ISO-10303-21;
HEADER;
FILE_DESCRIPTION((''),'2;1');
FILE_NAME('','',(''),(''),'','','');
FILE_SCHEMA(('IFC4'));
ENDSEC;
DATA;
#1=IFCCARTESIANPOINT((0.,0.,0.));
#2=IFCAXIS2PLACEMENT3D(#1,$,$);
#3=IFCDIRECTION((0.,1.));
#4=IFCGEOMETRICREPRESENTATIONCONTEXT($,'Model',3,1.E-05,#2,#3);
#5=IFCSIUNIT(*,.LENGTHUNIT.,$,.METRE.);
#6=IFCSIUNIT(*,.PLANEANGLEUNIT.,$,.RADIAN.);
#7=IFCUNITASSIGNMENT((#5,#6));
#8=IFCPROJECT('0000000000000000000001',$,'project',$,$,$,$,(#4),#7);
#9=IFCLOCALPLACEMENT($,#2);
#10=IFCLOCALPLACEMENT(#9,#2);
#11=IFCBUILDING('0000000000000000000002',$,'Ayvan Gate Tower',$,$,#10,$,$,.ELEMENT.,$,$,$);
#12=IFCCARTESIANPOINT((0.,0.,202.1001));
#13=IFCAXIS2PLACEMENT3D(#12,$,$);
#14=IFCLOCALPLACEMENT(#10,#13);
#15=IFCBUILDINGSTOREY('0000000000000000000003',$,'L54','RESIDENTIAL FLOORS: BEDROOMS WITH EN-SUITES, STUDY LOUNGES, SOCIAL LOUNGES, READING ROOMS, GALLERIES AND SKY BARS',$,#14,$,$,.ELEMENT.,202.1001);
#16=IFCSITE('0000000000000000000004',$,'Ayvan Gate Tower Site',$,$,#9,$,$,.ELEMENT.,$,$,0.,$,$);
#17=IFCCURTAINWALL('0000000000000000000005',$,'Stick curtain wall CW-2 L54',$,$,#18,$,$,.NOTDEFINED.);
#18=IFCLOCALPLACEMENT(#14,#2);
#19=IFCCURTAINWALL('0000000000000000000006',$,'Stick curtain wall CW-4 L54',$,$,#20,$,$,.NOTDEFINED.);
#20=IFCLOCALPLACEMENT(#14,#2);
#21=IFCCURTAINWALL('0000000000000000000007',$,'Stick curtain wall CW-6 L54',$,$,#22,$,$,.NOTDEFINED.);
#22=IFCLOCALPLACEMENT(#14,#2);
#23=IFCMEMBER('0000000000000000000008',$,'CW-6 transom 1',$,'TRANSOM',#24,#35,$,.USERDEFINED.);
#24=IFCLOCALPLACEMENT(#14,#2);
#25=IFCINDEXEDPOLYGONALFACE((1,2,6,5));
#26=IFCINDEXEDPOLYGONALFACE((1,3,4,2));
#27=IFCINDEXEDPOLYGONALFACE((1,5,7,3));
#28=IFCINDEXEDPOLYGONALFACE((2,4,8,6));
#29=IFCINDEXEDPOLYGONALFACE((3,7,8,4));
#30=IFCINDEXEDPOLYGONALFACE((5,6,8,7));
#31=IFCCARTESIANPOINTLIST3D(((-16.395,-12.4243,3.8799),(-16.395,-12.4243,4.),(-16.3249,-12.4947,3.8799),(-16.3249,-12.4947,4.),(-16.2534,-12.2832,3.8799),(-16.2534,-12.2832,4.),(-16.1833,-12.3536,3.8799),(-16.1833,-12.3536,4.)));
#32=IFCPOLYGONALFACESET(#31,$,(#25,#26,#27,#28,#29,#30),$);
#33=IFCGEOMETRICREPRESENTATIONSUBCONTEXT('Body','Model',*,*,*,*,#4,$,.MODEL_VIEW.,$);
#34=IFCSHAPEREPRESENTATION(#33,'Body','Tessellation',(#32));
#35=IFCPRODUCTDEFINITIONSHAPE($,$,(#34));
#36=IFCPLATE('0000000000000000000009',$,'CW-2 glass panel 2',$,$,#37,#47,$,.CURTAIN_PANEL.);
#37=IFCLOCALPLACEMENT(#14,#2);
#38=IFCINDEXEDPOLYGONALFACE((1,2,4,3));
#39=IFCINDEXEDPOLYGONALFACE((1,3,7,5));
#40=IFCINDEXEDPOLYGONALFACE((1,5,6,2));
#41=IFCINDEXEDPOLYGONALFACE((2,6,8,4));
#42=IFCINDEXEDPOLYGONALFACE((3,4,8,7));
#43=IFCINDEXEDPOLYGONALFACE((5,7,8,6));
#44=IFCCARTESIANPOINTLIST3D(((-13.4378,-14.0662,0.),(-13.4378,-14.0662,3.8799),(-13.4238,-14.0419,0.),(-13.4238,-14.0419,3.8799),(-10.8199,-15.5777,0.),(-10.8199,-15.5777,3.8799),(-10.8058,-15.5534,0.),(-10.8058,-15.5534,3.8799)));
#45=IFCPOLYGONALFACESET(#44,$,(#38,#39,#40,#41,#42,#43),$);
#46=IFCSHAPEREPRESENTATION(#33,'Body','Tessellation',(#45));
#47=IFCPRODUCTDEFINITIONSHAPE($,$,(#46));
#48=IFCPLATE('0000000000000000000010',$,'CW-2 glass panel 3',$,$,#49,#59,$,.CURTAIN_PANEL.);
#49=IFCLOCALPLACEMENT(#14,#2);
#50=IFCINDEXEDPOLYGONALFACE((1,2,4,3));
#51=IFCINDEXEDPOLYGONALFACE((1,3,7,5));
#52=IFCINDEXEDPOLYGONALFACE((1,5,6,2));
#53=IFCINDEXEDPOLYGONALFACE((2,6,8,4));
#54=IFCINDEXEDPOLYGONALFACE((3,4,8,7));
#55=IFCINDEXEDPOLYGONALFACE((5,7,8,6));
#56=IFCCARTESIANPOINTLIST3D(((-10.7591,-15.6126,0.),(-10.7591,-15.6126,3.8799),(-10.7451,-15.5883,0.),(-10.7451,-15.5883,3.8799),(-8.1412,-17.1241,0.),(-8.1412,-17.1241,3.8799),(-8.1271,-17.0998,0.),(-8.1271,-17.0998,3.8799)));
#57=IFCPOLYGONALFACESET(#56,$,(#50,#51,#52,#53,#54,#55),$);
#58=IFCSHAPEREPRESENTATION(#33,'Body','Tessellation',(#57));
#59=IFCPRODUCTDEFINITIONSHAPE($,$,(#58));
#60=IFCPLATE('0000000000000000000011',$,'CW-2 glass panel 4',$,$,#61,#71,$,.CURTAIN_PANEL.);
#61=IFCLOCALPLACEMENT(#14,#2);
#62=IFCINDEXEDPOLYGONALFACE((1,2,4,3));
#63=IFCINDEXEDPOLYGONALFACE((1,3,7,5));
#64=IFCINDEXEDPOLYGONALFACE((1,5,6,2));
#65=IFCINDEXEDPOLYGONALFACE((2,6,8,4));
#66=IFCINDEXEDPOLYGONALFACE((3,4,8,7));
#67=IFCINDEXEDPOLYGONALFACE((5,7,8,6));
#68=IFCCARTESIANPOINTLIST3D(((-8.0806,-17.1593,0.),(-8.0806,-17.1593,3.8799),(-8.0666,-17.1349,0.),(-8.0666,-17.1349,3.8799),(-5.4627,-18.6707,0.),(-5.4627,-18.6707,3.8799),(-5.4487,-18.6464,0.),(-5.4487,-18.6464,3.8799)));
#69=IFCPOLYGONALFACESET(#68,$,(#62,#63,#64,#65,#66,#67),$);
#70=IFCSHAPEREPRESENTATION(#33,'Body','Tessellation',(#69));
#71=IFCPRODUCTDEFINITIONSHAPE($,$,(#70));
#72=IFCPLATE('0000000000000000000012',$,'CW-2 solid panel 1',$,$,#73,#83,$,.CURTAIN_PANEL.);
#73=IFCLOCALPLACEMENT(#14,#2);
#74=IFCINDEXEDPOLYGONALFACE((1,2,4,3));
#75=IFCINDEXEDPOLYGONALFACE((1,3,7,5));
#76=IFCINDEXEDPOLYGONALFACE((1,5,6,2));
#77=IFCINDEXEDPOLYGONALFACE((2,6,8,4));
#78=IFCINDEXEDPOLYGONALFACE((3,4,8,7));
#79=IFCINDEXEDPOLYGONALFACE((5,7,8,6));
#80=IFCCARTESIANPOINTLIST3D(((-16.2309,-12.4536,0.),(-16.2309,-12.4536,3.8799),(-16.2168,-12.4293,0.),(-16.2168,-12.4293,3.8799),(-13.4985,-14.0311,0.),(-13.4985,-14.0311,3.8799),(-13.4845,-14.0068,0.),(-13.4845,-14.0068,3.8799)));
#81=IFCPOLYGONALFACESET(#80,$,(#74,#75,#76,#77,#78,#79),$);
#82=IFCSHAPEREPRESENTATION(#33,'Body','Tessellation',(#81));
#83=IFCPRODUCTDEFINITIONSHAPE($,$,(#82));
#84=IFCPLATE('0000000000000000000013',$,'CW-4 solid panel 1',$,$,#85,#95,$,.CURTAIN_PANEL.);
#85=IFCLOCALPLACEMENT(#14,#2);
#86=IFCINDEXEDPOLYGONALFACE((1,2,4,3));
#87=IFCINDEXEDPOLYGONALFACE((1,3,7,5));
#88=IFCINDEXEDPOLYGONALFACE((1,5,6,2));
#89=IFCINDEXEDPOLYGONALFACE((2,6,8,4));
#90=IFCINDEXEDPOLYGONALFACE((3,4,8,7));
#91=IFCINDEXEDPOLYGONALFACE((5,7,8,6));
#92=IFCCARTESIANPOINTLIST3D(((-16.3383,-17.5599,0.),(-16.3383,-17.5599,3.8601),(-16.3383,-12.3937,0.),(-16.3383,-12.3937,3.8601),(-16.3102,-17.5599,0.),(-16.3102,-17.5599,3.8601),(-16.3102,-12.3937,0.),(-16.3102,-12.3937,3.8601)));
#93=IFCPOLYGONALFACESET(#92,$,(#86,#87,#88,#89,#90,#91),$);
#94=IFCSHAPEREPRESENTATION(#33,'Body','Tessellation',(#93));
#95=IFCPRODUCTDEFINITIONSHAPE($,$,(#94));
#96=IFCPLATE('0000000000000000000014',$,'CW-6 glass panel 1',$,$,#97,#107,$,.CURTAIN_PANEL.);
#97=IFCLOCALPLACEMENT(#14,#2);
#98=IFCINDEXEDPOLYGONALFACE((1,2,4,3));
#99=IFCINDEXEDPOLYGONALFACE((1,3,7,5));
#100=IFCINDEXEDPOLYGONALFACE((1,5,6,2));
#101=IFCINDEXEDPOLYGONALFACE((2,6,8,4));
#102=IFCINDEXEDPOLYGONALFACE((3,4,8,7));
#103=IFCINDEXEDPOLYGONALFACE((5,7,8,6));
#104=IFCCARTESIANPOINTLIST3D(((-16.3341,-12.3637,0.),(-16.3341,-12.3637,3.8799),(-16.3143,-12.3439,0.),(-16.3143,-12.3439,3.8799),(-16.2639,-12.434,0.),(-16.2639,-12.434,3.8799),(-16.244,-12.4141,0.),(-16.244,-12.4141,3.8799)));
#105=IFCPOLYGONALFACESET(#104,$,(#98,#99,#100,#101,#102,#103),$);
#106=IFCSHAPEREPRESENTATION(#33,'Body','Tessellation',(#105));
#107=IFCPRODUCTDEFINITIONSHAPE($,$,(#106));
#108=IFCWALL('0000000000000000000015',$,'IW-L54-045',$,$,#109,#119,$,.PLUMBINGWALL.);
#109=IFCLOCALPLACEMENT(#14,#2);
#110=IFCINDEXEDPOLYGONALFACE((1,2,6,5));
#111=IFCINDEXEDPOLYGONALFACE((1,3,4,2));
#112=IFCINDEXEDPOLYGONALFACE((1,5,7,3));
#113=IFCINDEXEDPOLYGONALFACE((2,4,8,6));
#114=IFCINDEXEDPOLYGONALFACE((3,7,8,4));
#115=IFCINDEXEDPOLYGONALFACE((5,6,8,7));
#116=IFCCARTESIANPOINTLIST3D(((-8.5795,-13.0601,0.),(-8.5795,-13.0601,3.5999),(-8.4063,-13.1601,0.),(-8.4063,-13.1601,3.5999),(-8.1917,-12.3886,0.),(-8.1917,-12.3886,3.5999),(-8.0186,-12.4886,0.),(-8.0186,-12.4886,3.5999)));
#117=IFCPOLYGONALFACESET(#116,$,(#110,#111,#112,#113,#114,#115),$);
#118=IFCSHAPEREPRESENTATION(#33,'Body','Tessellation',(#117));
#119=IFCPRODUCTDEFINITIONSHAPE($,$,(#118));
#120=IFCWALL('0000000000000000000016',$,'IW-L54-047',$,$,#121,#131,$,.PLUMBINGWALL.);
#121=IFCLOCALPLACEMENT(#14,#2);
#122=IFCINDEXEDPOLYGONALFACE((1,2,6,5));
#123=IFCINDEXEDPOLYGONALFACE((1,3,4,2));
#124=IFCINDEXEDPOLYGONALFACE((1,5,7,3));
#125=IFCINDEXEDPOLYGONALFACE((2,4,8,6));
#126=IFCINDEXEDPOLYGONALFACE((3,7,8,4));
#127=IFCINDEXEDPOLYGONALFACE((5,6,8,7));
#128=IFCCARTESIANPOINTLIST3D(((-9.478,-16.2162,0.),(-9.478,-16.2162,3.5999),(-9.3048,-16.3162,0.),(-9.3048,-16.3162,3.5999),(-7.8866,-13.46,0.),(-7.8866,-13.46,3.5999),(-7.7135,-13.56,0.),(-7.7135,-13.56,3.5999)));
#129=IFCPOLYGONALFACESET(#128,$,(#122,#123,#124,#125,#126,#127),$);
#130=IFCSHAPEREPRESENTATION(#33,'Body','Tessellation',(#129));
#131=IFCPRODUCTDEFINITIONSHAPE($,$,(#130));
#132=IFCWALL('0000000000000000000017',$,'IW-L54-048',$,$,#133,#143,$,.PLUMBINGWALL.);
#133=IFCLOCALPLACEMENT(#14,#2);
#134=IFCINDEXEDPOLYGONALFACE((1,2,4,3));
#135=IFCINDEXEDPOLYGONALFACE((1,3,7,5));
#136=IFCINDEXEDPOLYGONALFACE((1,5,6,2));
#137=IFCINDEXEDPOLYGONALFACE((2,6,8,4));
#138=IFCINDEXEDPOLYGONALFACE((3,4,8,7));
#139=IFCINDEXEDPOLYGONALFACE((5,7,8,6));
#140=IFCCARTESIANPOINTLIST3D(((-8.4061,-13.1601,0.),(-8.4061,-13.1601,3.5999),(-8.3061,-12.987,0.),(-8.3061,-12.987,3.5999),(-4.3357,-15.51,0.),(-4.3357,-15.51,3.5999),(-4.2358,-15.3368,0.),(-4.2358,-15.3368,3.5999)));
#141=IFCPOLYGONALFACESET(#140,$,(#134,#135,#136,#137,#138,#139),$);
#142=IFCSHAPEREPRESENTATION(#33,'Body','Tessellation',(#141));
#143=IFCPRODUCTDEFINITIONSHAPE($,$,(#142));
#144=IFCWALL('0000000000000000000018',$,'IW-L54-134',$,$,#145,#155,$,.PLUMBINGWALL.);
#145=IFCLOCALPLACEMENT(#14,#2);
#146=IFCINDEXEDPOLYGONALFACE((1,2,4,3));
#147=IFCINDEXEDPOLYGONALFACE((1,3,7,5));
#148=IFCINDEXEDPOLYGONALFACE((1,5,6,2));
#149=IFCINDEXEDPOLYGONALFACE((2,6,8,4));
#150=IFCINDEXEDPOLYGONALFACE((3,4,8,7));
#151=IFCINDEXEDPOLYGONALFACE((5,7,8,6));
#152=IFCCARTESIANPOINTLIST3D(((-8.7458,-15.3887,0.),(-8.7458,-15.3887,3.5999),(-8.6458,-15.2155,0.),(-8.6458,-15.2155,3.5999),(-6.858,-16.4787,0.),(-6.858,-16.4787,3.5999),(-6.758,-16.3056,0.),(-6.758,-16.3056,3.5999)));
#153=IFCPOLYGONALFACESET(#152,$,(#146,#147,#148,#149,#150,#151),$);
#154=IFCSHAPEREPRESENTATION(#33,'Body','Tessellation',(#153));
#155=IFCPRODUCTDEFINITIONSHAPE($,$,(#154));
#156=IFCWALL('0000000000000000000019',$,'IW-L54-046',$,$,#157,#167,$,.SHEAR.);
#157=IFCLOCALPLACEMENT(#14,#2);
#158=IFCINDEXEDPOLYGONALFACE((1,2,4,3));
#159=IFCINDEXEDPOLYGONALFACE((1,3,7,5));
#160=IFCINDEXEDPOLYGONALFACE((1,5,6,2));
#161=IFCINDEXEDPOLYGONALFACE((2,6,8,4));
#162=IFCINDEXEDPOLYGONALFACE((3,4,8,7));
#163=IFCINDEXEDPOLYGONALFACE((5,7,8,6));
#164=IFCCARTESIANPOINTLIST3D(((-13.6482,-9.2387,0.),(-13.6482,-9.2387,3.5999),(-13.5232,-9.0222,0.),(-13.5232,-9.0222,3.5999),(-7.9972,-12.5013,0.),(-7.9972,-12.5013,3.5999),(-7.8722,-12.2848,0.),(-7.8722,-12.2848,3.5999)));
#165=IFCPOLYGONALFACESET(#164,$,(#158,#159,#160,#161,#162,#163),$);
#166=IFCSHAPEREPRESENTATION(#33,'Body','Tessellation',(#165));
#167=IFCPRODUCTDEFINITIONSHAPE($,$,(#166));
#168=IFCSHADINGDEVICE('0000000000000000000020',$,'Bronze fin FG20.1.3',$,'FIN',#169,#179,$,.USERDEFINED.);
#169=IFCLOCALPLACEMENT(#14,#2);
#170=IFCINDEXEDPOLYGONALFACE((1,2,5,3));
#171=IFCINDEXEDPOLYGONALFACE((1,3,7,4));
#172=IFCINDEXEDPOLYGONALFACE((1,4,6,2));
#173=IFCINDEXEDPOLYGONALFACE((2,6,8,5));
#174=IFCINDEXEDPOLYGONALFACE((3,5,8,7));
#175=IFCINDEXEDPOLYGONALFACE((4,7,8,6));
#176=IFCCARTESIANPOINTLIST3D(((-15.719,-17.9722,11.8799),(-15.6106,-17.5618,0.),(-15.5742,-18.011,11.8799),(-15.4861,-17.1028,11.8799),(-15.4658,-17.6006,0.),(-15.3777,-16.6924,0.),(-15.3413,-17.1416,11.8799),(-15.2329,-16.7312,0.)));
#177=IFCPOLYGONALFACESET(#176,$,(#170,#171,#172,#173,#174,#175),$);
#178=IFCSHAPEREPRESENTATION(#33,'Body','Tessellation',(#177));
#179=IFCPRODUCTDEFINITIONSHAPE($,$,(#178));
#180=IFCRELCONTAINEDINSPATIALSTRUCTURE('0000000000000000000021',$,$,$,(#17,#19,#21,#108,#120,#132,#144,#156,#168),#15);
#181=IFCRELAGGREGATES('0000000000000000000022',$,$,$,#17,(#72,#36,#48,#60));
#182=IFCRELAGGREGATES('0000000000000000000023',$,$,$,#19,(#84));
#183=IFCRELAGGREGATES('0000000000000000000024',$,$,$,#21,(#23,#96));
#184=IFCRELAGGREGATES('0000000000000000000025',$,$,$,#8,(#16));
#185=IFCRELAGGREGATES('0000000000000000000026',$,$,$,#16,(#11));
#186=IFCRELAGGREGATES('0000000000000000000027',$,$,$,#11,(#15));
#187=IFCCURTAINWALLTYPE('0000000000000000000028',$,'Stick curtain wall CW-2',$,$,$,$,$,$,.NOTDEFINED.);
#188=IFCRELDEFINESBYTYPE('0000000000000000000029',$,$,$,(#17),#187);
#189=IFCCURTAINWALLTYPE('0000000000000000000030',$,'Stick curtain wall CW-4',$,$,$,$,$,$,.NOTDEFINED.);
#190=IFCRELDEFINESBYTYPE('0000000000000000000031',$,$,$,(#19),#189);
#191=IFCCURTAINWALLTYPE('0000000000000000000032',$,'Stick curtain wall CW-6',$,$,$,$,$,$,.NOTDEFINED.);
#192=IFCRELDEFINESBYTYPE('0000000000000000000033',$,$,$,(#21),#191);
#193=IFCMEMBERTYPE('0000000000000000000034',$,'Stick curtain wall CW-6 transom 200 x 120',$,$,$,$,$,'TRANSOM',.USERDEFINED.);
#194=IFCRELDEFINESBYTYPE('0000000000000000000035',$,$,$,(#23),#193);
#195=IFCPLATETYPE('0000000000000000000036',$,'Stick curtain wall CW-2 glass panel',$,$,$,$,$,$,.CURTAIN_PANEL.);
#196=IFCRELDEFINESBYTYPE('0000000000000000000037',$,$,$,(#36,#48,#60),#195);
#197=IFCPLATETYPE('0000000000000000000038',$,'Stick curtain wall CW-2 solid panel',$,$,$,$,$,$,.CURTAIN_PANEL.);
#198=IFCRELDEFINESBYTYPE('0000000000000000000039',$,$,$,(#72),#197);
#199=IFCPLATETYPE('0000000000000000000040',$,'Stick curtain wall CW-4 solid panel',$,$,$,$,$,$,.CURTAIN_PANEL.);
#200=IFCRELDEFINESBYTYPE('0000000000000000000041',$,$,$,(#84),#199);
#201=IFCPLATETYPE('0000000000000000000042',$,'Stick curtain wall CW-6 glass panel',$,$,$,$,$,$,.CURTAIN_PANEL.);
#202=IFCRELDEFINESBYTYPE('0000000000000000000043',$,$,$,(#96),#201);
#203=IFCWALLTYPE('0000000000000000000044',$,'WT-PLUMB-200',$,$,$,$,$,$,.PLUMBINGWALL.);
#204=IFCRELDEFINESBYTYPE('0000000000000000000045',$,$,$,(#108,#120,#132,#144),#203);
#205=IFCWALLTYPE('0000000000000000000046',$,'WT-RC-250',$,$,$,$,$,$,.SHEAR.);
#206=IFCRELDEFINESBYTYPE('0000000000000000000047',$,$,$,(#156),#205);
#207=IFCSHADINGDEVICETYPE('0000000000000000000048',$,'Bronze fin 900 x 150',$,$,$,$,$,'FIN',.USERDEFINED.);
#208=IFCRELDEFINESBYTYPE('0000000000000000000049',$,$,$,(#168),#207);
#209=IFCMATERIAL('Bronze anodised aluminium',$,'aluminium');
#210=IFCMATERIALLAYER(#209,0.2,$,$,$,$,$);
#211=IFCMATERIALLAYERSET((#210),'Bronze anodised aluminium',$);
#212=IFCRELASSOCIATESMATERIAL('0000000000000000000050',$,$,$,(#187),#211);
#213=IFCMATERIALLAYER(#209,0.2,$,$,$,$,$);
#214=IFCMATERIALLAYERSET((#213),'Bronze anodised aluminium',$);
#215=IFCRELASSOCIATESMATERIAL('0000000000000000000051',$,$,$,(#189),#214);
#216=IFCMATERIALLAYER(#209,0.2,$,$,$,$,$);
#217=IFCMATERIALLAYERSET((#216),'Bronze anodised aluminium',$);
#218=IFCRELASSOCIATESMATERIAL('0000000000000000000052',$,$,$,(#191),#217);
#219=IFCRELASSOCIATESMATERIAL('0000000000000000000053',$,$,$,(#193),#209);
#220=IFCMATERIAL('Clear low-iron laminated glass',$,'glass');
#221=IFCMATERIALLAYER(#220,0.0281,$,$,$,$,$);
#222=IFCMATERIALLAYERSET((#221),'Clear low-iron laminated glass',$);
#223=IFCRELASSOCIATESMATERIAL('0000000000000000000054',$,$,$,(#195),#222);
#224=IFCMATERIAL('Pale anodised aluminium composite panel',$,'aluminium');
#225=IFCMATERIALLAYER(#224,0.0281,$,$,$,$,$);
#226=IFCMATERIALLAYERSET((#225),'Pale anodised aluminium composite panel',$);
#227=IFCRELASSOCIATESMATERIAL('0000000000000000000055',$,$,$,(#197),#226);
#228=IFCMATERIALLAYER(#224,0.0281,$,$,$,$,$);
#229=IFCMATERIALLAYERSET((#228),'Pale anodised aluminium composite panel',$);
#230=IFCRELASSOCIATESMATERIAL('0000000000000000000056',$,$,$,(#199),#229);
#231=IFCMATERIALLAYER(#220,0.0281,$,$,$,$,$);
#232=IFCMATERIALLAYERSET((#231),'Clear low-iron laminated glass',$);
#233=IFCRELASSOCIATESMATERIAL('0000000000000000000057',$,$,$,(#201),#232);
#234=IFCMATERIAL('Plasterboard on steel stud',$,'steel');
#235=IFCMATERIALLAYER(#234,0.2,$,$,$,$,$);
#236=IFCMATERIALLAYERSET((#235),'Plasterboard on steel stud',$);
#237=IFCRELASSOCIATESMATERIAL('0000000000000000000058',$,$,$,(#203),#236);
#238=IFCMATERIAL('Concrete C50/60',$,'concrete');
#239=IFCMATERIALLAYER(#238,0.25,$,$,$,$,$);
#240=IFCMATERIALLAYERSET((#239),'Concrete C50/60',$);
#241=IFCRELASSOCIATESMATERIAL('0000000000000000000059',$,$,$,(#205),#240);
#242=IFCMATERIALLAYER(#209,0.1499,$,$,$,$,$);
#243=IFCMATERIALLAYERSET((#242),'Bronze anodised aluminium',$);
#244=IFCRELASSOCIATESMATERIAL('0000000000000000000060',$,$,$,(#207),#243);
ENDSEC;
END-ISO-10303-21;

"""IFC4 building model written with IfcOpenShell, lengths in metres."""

from ifc_helpers import new_model, si_unit, direction, frame, frame_2d, origin, origin_2d, place, context, subcontext, project, spatial, polyline, rectangle, outline, extrude, material, layer, layer_set, material_profile, profile_set, type_object, element, aggregate, save


model = new_model("IFC4")

# Units and contexts
model_context = context("Model", 3, precision=1e-05, world=origin(), true_north=direction((0.0, 1.0)))
body_context = subcontext(model_context, "Body", "Model", "MODEL_VIEW")
ifc_project = project(units=[si_unit("LENGTHUNIT", "METRE"), si_unit("PLANEANGLEUNIT", "RADIAN")], contexts=[model_context])

# Site, building, storey
site_placement = place(None, origin())
site = spatial("IfcSite", under=ifc_project, at=site_placement, Name="Ayvan Gate Tower Site", CompositionType="ELEMENT", RefElevation=0.0)
building_placement = place(site_placement, origin())
building = spatial("IfcBuilding", under=site, at=building_placement, Name="Ayvan Gate Tower", CompositionType="ELEMENT")
storey_placement = place(building_placement, frame((0.0, 0.0, 202.1001)))
storey = spatial("IfcBuildingStorey", under=building, at=storey_placement, Name="L54", Description="RESIDENTIAL FLOORS: BEDROOMS WITH EN-SUITES, STUDY LOUNGES, SOCIAL LOUNGES, READING ROOMS, GALLERIES AND SKY BARS", CompositionType="ELEMENT", Elevation=202.1001)

# Curtain walls
ifc_material_1 = material(Name="Bronze anodised aluminium", Category="aluminium")
ifc_layer_1 = layer(ifc_material_1, 0.2)
ifc_layer_set_1 = layer_set([ifc_layer_1], Name="Bronze anodised aluminium")
curtain_wall_type_1 = type_object("IfcCurtainWallType", Name="Stick curtain wall CW-2", PredefinedType="NOTDEFINED", material=ifc_layer_set_1)
curtain_wall_1_placement = place(storey_placement, origin())
curtain_wall_1 = element("IfcCurtainWall", 1, at=curtain_wall_1_placement, inside=storey, type_object=curtain_wall_type_1, Name="Stick curtain wall CW-2 L54", PredefinedType="NOTDEFINED")
ifc_layer_2 = layer(ifc_material_1, 0.2)
ifc_layer_set_2 = layer_set([ifc_layer_2], Name="Bronze anodised aluminium")
curtain_wall_type_2 = type_object("IfcCurtainWallType", Name="Stick curtain wall CW-4", PredefinedType="NOTDEFINED", material=ifc_layer_set_2)
curtain_wall_2_placement = place(storey_placement, origin())
curtain_wall_2 = element("IfcCurtainWall", 2, at=curtain_wall_2_placement, inside=storey, type_object=curtain_wall_type_2, Name="Stick curtain wall CW-4 L54", PredefinedType="NOTDEFINED")

# Curtain wall, member
ifc_layer_3 = layer(ifc_material_1, 0.2)
ifc_layer_set_3 = layer_set([ifc_layer_3], Name="Bronze anodised aluminium")
curtain_wall_type_3 = type_object("IfcCurtainWallType", Name="Stick curtain wall CW-6", PredefinedType="NOTDEFINED", material=ifc_layer_set_3)
curtain_wall_3_placement = place(storey_placement, origin())
curtain_wall_3 = element("IfcCurtainWall", 3, at=curtain_wall_3_placement, inside=storey, type_object=curtain_wall_type_3, Name="Stick curtain wall CW-6 L54", PredefinedType="NOTDEFINED")
ifc_material_profile_1 = material_profile(ifc_material_1, rectangle(XDim=0.2, YDim=0.1201, at=origin_2d()), Name="Stick curtain wall CW-6 transom 200 x 120")
ifc_profile_set_1 = profile_set([ifc_material_profile_1], Name="Bronze anodised aluminium")
member_type_1 = type_object("IfcMemberType", Name="Stick curtain wall CW-6 transom 200 x 120", ElementType="TRANSOM", PredefinedType="USERDEFINED", material=ifc_profile_set_1)
member_1_placement = place(storey_placement, frame((-16.3242, -12.3538, 3.9399), z_axis=(0.705876, -0.708335, 0.0), x_axis=(0.708335, 0.705876, 0.0)))
member_1 = element("IfcMember", 4, at=member_1_placement, type_object=member_type_1, Name="CW-6 transom 1", ObjectType="TRANSOM", PredefinedType="USERDEFINED", context=body_context, shape_type="SweptSolid", body=[
    extrude(rectangle(XDim=0.2, YDim=0.1201, at=origin_2d()), origin(), (0.0, 0.0, 1.0), 0.0994),
])

# Plates
ifc_material_2 = material(Name="Clear low-iron laminated glass", Category="glass")
ifc_layer_4 = layer(ifc_material_2, 0.0281)
ifc_layer_set_4 = layer_set([ifc_layer_4], Name="Clear low-iron laminated glass")
plate_type_1 = type_object("IfcPlateType", Name="Stick curtain wall CW-2 glass panel", PredefinedType="CURTAIN_PANEL", material=ifc_layer_set_4)
plate_1_placement = place(storey_placement, frame((-12.1218, -14.8098, 0.0), z_axis=(0.0, 0.0, 1.0), x_axis=(0.866025, -0.5, 0.0)))
plate_1 = element("IfcPlate", 5, at=plate_1_placement, type_object=plate_type_1, Name="CW-2 glass panel 2", PredefinedType="CURTAIN_PANEL", context=body_context, shape_type="SweptSolid", body=[
    extrude(rectangle(XDim=3.0229, YDim=0.0281, at=origin_2d()), origin(), (0.0, 0.0, 1.0), 3.8799),
])
plate_2_placement = place(storey_placement, frame((-9.4431, -16.3562, 0.0), z_axis=(0.0, 0.0, 1.0), x_axis=(0.866025, -0.5, 0.0)))
plate_2 = element("IfcPlate", 6, at=plate_2_placement, type_object=plate_type_1, Name="CW-2 glass panel 3", PredefinedType="CURTAIN_PANEL", context=body_context, shape_type="SweptSolid", body=[
    extrude(rectangle(XDim=3.0229, YDim=0.0281, at=origin_2d()), origin(), (0.0, 0.0, 1.0), 3.8799),
])
plate_3_placement = place(storey_placement, frame((-6.7646, -17.9028, 0.0), z_axis=(0.0, 0.0, 1.0), x_axis=(0.866025, -0.5, 0.0)))
plate_3 = element("IfcPlate", 7, at=plate_3_placement, type_object=plate_type_1, Name="CW-2 glass panel 4", PredefinedType="CURTAIN_PANEL", context=body_context, shape_type="SweptSolid", body=[
    extrude(rectangle(XDim=3.0229, YDim=0.0281, at=origin_2d()), origin(), (0.0, 0.0, 1.0), 3.8799),
])
ifc_material_3 = material(Name="Pale anodised aluminium composite panel", Category="aluminium")
ifc_layer_5 = layer(ifc_material_3, 0.0281)
ifc_layer_set_5 = layer_set([ifc_layer_5], Name="Pale anodised aluminium composite panel")
plate_type_2 = type_object("IfcPlateType", Name="Stick curtain wall CW-2 solid panel", PredefinedType="CURTAIN_PANEL", material=ifc_layer_set_5)
plate_4_placement = place(storey_placement, frame((-14.8577, -13.2302, 0.0), z_axis=(0.0, 0.0, 1.0), x_axis=(0.866025, -0.5, 0.0)))
plate_4 = element("IfcPlate", 8, at=plate_4_placement, type_object=plate_type_2, Name="CW-2 solid panel 1", PredefinedType="CURTAIN_PANEL", context=body_context, shape_type="SweptSolid", body=[
    extrude(rectangle(XDim=3.155, YDim=0.0281, at=origin_2d()), origin(), (0.0, 0.0, 1.0), 3.8799),
])
aggregate(curtain_wall_1, [plate_4, plate_1, plate_2, plate_3])
ifc_layer_6 = layer(ifc_material_3, 0.0281)
ifc_layer_set_6 = layer_set([ifc_layer_6], Name="Pale anodised aluminium composite panel")
plate_type_3 = type_object("IfcPlateType", Name="Stick curtain wall CW-4 solid panel", PredefinedType="CURTAIN_PANEL", material=ifc_layer_set_6)
plate_5_placement = place(storey_placement, frame((-16.3242, -14.9768, 0.0), z_axis=(0.0, 0.0, 1.0), x_axis=(0.0, 1.0, 0.0)))
plate_5 = element("IfcPlate", 9, at=plate_5_placement, type_object=plate_type_3, Name="CW-4 solid panel 1", PredefinedType="CURTAIN_PANEL", context=body_context, shape_type="SweptSolid", body=[
    extrude(rectangle(XDim=5.1663, YDim=0.0281, at=origin_2d()), origin(), (0.0, 0.0, 1.0), 3.8601),
])
aggregate(curtain_wall_2, [plate_5])
ifc_layer_7 = layer(ifc_material_2, 0.0281)
ifc_layer_set_7 = layer_set([ifc_layer_7], Name="Clear low-iron laminated glass")
plate_type_4 = type_object("IfcPlateType", Name="Stick curtain wall CW-6 glass panel", PredefinedType="CURTAIN_PANEL", material=ifc_layer_set_7)
plate_6_placement = place(storey_placement, frame((-16.2891, -12.3889, 0.0), z_axis=(0.0, 0.0, 1.0), x_axis=(0.707107, -0.707107, 0.0)))
plate_6 = element("IfcPlate", 10, at=plate_6_placement, type_object=plate_type_4, Name="CW-6 glass panel 1", PredefinedType="CURTAIN_PANEL", context=body_context, shape_type="SweptSolid", body=[
    extrude(rectangle(XDim=0.0994, YDim=0.0281, at=origin_2d()), origin(), (0.0, 0.0, 1.0), 3.8799),
])
aggregate(curtain_wall_3, [member_1, plate_6])

# Walls
ifc_material_4 = material(Name="Plasterboard on steel stud", Category="steel")
ifc_layer_8 = layer(ifc_material_4, 0.2)
ifc_layer_set_8 = layer_set([ifc_layer_8], Name="Plasterboard on steel stud")
wall_type_1 = type_object("IfcWallType", Name="WT-PLUMB-200", PredefinedType="PLUMBINGWALL", material=ifc_layer_set_8)
wall_1_placement = place(storey_placement, frame((-8.4929, -13.1101, 0.0), z_axis=(0.0, 0.0, 1.0), x_axis=(0.500068, 0.865986, 0.0)))
element("IfcWall", 11, at=wall_1_placement, inside=storey, type_object=wall_type_1, Name="IW-L54-045", PredefinedType="PLUMBINGWALL", context=body_context, shape_type="SweptSolid", body=[
    extrude(rectangle(XDim=0.7754, YDim=0.2, at=frame_2d((0.3877, 0.0))), origin(), (0.0, 0.0, 1.0), 3.5999),
])
wall_2_placement = place(storey_placement, frame((-7.8, -13.51, 0.0), z_axis=(0.0, 0.0, 1.0), x_axis=(-0.500017, -0.866016, 0.0)))
element("IfcWall", 12, at=wall_2_placement, inside=storey, type_object=wall_type_1, Name="IW-L54-047", PredefinedType="PLUMBINGWALL", context=body_context, shape_type="SweptSolid", body=[
    extrude(rectangle(XDim=3.1826, YDim=0.2, at=frame_2d((1.5913, 0.0))), origin(), (0.0, 0.0, 1.0), 3.5999),
])
wall_3_placement = place(storey_placement, frame((-8.3562, -13.0735, 0.0), z_axis=(0.0, 0.0, 1.0), x_axis=(0.866039, -0.499977, 0.0)))
element("IfcWall", 13, at=wall_3_placement, inside=storey, type_object=wall_type_1, Name="IW-L54-048", PredefinedType="PLUMBINGWALL", context=body_context, shape_type="SweptSolid", body=[
    extrude(rectangle(XDim=4.7, YDim=0.2, at=frame_2d((2.3501, 0.0))), origin(), (0.0, 0.0, 1.0), 3.5999),
])
wall_4_placement = place(storey_placement, frame((-6.8081, -16.3921, 0.0), z_axis=(0.0, 0.0, 1.0), x_axis=(-0.866008, 0.500029, 0.0)))
element("IfcWall", 14, at=wall_4_placement, inside=storey, type_object=wall_type_1, Name="IW-L54-134", PredefinedType="PLUMBINGWALL", context=body_context, shape_type="SweptSolid", body=[
    extrude(rectangle(XDim=2.1799, YDim=0.2, at=frame_2d((1.0898, 0.0))), origin(), (0.0, 0.0, 1.0), 3.5999),
])
ifc_material_5 = material(Name="Concrete C50/60", Category="concrete")
ifc_layer_9 = layer(ifc_material_5, 0.25)
ifc_layer_set_9 = layer_set([ifc_layer_9], Name="Concrete C50/60")
wall_type_2 = type_object("IfcWallType", Name="WT-RC-250", PredefinedType="SHEAR", material=ifc_layer_set_9)
wall_5_placement = place(storey_placement, frame((-7.9346, -12.3931, 0.0), z_axis=(0.0, 0.0, 1.0), x_axis=(-0.866031, 0.49999, 0.0)))
element("IfcWall", 15, at=wall_5_placement, inside=storey, type_object=wall_type_2, Name="IW-L54-046", PredefinedType="SHEAR", context=body_context, shape_type="SweptSolid", body=[
    extrude(rectangle(XDim=6.5251, YDim=0.25, at=frame_2d((3.2627, 0.0))), origin(), (0.0, 0.0, 1.0), 3.5999),
])

# Shading device
ifc_layer_10 = layer(ifc_material_1, 0.1499)
ifc_layer_set_10 = layer_set([ifc_layer_10], Name="Bronze anodised aluminium")
shading_device_type = type_object("IfcShadingDeviceType", Name="Bronze fin 900 x 150", ElementType="FIN", PredefinedType="USERDEFINED", material=ifc_layer_set_10)
shading_device_1_placement = place(storey_placement, frame((-15.3777, -16.6924, 0.0), z_axis=(-0.965937, 0.258777, 0.000126), x_axis=(-0.258777, -0.965937, 0.0)))
element("IfcShadingDevice", 16, at=shading_device_1_placement, inside=storey, type_object=shading_device_type, Name="Bronze fin FG20.1.3", ObjectType="FIN", PredefinedType="USERDEFINED", context=body_context, shape_type="SweptSolid", body=[
    extrude(outline(polyline([(0.0, 0.0), (0.9, 0.0), (1.3245, 11.8799), (0.4245, 11.8799), (0.0, 0.0)])), origin(), (0.0, 0.0, -1.0), 0.1499),
])

save(model, "model.ifc")
